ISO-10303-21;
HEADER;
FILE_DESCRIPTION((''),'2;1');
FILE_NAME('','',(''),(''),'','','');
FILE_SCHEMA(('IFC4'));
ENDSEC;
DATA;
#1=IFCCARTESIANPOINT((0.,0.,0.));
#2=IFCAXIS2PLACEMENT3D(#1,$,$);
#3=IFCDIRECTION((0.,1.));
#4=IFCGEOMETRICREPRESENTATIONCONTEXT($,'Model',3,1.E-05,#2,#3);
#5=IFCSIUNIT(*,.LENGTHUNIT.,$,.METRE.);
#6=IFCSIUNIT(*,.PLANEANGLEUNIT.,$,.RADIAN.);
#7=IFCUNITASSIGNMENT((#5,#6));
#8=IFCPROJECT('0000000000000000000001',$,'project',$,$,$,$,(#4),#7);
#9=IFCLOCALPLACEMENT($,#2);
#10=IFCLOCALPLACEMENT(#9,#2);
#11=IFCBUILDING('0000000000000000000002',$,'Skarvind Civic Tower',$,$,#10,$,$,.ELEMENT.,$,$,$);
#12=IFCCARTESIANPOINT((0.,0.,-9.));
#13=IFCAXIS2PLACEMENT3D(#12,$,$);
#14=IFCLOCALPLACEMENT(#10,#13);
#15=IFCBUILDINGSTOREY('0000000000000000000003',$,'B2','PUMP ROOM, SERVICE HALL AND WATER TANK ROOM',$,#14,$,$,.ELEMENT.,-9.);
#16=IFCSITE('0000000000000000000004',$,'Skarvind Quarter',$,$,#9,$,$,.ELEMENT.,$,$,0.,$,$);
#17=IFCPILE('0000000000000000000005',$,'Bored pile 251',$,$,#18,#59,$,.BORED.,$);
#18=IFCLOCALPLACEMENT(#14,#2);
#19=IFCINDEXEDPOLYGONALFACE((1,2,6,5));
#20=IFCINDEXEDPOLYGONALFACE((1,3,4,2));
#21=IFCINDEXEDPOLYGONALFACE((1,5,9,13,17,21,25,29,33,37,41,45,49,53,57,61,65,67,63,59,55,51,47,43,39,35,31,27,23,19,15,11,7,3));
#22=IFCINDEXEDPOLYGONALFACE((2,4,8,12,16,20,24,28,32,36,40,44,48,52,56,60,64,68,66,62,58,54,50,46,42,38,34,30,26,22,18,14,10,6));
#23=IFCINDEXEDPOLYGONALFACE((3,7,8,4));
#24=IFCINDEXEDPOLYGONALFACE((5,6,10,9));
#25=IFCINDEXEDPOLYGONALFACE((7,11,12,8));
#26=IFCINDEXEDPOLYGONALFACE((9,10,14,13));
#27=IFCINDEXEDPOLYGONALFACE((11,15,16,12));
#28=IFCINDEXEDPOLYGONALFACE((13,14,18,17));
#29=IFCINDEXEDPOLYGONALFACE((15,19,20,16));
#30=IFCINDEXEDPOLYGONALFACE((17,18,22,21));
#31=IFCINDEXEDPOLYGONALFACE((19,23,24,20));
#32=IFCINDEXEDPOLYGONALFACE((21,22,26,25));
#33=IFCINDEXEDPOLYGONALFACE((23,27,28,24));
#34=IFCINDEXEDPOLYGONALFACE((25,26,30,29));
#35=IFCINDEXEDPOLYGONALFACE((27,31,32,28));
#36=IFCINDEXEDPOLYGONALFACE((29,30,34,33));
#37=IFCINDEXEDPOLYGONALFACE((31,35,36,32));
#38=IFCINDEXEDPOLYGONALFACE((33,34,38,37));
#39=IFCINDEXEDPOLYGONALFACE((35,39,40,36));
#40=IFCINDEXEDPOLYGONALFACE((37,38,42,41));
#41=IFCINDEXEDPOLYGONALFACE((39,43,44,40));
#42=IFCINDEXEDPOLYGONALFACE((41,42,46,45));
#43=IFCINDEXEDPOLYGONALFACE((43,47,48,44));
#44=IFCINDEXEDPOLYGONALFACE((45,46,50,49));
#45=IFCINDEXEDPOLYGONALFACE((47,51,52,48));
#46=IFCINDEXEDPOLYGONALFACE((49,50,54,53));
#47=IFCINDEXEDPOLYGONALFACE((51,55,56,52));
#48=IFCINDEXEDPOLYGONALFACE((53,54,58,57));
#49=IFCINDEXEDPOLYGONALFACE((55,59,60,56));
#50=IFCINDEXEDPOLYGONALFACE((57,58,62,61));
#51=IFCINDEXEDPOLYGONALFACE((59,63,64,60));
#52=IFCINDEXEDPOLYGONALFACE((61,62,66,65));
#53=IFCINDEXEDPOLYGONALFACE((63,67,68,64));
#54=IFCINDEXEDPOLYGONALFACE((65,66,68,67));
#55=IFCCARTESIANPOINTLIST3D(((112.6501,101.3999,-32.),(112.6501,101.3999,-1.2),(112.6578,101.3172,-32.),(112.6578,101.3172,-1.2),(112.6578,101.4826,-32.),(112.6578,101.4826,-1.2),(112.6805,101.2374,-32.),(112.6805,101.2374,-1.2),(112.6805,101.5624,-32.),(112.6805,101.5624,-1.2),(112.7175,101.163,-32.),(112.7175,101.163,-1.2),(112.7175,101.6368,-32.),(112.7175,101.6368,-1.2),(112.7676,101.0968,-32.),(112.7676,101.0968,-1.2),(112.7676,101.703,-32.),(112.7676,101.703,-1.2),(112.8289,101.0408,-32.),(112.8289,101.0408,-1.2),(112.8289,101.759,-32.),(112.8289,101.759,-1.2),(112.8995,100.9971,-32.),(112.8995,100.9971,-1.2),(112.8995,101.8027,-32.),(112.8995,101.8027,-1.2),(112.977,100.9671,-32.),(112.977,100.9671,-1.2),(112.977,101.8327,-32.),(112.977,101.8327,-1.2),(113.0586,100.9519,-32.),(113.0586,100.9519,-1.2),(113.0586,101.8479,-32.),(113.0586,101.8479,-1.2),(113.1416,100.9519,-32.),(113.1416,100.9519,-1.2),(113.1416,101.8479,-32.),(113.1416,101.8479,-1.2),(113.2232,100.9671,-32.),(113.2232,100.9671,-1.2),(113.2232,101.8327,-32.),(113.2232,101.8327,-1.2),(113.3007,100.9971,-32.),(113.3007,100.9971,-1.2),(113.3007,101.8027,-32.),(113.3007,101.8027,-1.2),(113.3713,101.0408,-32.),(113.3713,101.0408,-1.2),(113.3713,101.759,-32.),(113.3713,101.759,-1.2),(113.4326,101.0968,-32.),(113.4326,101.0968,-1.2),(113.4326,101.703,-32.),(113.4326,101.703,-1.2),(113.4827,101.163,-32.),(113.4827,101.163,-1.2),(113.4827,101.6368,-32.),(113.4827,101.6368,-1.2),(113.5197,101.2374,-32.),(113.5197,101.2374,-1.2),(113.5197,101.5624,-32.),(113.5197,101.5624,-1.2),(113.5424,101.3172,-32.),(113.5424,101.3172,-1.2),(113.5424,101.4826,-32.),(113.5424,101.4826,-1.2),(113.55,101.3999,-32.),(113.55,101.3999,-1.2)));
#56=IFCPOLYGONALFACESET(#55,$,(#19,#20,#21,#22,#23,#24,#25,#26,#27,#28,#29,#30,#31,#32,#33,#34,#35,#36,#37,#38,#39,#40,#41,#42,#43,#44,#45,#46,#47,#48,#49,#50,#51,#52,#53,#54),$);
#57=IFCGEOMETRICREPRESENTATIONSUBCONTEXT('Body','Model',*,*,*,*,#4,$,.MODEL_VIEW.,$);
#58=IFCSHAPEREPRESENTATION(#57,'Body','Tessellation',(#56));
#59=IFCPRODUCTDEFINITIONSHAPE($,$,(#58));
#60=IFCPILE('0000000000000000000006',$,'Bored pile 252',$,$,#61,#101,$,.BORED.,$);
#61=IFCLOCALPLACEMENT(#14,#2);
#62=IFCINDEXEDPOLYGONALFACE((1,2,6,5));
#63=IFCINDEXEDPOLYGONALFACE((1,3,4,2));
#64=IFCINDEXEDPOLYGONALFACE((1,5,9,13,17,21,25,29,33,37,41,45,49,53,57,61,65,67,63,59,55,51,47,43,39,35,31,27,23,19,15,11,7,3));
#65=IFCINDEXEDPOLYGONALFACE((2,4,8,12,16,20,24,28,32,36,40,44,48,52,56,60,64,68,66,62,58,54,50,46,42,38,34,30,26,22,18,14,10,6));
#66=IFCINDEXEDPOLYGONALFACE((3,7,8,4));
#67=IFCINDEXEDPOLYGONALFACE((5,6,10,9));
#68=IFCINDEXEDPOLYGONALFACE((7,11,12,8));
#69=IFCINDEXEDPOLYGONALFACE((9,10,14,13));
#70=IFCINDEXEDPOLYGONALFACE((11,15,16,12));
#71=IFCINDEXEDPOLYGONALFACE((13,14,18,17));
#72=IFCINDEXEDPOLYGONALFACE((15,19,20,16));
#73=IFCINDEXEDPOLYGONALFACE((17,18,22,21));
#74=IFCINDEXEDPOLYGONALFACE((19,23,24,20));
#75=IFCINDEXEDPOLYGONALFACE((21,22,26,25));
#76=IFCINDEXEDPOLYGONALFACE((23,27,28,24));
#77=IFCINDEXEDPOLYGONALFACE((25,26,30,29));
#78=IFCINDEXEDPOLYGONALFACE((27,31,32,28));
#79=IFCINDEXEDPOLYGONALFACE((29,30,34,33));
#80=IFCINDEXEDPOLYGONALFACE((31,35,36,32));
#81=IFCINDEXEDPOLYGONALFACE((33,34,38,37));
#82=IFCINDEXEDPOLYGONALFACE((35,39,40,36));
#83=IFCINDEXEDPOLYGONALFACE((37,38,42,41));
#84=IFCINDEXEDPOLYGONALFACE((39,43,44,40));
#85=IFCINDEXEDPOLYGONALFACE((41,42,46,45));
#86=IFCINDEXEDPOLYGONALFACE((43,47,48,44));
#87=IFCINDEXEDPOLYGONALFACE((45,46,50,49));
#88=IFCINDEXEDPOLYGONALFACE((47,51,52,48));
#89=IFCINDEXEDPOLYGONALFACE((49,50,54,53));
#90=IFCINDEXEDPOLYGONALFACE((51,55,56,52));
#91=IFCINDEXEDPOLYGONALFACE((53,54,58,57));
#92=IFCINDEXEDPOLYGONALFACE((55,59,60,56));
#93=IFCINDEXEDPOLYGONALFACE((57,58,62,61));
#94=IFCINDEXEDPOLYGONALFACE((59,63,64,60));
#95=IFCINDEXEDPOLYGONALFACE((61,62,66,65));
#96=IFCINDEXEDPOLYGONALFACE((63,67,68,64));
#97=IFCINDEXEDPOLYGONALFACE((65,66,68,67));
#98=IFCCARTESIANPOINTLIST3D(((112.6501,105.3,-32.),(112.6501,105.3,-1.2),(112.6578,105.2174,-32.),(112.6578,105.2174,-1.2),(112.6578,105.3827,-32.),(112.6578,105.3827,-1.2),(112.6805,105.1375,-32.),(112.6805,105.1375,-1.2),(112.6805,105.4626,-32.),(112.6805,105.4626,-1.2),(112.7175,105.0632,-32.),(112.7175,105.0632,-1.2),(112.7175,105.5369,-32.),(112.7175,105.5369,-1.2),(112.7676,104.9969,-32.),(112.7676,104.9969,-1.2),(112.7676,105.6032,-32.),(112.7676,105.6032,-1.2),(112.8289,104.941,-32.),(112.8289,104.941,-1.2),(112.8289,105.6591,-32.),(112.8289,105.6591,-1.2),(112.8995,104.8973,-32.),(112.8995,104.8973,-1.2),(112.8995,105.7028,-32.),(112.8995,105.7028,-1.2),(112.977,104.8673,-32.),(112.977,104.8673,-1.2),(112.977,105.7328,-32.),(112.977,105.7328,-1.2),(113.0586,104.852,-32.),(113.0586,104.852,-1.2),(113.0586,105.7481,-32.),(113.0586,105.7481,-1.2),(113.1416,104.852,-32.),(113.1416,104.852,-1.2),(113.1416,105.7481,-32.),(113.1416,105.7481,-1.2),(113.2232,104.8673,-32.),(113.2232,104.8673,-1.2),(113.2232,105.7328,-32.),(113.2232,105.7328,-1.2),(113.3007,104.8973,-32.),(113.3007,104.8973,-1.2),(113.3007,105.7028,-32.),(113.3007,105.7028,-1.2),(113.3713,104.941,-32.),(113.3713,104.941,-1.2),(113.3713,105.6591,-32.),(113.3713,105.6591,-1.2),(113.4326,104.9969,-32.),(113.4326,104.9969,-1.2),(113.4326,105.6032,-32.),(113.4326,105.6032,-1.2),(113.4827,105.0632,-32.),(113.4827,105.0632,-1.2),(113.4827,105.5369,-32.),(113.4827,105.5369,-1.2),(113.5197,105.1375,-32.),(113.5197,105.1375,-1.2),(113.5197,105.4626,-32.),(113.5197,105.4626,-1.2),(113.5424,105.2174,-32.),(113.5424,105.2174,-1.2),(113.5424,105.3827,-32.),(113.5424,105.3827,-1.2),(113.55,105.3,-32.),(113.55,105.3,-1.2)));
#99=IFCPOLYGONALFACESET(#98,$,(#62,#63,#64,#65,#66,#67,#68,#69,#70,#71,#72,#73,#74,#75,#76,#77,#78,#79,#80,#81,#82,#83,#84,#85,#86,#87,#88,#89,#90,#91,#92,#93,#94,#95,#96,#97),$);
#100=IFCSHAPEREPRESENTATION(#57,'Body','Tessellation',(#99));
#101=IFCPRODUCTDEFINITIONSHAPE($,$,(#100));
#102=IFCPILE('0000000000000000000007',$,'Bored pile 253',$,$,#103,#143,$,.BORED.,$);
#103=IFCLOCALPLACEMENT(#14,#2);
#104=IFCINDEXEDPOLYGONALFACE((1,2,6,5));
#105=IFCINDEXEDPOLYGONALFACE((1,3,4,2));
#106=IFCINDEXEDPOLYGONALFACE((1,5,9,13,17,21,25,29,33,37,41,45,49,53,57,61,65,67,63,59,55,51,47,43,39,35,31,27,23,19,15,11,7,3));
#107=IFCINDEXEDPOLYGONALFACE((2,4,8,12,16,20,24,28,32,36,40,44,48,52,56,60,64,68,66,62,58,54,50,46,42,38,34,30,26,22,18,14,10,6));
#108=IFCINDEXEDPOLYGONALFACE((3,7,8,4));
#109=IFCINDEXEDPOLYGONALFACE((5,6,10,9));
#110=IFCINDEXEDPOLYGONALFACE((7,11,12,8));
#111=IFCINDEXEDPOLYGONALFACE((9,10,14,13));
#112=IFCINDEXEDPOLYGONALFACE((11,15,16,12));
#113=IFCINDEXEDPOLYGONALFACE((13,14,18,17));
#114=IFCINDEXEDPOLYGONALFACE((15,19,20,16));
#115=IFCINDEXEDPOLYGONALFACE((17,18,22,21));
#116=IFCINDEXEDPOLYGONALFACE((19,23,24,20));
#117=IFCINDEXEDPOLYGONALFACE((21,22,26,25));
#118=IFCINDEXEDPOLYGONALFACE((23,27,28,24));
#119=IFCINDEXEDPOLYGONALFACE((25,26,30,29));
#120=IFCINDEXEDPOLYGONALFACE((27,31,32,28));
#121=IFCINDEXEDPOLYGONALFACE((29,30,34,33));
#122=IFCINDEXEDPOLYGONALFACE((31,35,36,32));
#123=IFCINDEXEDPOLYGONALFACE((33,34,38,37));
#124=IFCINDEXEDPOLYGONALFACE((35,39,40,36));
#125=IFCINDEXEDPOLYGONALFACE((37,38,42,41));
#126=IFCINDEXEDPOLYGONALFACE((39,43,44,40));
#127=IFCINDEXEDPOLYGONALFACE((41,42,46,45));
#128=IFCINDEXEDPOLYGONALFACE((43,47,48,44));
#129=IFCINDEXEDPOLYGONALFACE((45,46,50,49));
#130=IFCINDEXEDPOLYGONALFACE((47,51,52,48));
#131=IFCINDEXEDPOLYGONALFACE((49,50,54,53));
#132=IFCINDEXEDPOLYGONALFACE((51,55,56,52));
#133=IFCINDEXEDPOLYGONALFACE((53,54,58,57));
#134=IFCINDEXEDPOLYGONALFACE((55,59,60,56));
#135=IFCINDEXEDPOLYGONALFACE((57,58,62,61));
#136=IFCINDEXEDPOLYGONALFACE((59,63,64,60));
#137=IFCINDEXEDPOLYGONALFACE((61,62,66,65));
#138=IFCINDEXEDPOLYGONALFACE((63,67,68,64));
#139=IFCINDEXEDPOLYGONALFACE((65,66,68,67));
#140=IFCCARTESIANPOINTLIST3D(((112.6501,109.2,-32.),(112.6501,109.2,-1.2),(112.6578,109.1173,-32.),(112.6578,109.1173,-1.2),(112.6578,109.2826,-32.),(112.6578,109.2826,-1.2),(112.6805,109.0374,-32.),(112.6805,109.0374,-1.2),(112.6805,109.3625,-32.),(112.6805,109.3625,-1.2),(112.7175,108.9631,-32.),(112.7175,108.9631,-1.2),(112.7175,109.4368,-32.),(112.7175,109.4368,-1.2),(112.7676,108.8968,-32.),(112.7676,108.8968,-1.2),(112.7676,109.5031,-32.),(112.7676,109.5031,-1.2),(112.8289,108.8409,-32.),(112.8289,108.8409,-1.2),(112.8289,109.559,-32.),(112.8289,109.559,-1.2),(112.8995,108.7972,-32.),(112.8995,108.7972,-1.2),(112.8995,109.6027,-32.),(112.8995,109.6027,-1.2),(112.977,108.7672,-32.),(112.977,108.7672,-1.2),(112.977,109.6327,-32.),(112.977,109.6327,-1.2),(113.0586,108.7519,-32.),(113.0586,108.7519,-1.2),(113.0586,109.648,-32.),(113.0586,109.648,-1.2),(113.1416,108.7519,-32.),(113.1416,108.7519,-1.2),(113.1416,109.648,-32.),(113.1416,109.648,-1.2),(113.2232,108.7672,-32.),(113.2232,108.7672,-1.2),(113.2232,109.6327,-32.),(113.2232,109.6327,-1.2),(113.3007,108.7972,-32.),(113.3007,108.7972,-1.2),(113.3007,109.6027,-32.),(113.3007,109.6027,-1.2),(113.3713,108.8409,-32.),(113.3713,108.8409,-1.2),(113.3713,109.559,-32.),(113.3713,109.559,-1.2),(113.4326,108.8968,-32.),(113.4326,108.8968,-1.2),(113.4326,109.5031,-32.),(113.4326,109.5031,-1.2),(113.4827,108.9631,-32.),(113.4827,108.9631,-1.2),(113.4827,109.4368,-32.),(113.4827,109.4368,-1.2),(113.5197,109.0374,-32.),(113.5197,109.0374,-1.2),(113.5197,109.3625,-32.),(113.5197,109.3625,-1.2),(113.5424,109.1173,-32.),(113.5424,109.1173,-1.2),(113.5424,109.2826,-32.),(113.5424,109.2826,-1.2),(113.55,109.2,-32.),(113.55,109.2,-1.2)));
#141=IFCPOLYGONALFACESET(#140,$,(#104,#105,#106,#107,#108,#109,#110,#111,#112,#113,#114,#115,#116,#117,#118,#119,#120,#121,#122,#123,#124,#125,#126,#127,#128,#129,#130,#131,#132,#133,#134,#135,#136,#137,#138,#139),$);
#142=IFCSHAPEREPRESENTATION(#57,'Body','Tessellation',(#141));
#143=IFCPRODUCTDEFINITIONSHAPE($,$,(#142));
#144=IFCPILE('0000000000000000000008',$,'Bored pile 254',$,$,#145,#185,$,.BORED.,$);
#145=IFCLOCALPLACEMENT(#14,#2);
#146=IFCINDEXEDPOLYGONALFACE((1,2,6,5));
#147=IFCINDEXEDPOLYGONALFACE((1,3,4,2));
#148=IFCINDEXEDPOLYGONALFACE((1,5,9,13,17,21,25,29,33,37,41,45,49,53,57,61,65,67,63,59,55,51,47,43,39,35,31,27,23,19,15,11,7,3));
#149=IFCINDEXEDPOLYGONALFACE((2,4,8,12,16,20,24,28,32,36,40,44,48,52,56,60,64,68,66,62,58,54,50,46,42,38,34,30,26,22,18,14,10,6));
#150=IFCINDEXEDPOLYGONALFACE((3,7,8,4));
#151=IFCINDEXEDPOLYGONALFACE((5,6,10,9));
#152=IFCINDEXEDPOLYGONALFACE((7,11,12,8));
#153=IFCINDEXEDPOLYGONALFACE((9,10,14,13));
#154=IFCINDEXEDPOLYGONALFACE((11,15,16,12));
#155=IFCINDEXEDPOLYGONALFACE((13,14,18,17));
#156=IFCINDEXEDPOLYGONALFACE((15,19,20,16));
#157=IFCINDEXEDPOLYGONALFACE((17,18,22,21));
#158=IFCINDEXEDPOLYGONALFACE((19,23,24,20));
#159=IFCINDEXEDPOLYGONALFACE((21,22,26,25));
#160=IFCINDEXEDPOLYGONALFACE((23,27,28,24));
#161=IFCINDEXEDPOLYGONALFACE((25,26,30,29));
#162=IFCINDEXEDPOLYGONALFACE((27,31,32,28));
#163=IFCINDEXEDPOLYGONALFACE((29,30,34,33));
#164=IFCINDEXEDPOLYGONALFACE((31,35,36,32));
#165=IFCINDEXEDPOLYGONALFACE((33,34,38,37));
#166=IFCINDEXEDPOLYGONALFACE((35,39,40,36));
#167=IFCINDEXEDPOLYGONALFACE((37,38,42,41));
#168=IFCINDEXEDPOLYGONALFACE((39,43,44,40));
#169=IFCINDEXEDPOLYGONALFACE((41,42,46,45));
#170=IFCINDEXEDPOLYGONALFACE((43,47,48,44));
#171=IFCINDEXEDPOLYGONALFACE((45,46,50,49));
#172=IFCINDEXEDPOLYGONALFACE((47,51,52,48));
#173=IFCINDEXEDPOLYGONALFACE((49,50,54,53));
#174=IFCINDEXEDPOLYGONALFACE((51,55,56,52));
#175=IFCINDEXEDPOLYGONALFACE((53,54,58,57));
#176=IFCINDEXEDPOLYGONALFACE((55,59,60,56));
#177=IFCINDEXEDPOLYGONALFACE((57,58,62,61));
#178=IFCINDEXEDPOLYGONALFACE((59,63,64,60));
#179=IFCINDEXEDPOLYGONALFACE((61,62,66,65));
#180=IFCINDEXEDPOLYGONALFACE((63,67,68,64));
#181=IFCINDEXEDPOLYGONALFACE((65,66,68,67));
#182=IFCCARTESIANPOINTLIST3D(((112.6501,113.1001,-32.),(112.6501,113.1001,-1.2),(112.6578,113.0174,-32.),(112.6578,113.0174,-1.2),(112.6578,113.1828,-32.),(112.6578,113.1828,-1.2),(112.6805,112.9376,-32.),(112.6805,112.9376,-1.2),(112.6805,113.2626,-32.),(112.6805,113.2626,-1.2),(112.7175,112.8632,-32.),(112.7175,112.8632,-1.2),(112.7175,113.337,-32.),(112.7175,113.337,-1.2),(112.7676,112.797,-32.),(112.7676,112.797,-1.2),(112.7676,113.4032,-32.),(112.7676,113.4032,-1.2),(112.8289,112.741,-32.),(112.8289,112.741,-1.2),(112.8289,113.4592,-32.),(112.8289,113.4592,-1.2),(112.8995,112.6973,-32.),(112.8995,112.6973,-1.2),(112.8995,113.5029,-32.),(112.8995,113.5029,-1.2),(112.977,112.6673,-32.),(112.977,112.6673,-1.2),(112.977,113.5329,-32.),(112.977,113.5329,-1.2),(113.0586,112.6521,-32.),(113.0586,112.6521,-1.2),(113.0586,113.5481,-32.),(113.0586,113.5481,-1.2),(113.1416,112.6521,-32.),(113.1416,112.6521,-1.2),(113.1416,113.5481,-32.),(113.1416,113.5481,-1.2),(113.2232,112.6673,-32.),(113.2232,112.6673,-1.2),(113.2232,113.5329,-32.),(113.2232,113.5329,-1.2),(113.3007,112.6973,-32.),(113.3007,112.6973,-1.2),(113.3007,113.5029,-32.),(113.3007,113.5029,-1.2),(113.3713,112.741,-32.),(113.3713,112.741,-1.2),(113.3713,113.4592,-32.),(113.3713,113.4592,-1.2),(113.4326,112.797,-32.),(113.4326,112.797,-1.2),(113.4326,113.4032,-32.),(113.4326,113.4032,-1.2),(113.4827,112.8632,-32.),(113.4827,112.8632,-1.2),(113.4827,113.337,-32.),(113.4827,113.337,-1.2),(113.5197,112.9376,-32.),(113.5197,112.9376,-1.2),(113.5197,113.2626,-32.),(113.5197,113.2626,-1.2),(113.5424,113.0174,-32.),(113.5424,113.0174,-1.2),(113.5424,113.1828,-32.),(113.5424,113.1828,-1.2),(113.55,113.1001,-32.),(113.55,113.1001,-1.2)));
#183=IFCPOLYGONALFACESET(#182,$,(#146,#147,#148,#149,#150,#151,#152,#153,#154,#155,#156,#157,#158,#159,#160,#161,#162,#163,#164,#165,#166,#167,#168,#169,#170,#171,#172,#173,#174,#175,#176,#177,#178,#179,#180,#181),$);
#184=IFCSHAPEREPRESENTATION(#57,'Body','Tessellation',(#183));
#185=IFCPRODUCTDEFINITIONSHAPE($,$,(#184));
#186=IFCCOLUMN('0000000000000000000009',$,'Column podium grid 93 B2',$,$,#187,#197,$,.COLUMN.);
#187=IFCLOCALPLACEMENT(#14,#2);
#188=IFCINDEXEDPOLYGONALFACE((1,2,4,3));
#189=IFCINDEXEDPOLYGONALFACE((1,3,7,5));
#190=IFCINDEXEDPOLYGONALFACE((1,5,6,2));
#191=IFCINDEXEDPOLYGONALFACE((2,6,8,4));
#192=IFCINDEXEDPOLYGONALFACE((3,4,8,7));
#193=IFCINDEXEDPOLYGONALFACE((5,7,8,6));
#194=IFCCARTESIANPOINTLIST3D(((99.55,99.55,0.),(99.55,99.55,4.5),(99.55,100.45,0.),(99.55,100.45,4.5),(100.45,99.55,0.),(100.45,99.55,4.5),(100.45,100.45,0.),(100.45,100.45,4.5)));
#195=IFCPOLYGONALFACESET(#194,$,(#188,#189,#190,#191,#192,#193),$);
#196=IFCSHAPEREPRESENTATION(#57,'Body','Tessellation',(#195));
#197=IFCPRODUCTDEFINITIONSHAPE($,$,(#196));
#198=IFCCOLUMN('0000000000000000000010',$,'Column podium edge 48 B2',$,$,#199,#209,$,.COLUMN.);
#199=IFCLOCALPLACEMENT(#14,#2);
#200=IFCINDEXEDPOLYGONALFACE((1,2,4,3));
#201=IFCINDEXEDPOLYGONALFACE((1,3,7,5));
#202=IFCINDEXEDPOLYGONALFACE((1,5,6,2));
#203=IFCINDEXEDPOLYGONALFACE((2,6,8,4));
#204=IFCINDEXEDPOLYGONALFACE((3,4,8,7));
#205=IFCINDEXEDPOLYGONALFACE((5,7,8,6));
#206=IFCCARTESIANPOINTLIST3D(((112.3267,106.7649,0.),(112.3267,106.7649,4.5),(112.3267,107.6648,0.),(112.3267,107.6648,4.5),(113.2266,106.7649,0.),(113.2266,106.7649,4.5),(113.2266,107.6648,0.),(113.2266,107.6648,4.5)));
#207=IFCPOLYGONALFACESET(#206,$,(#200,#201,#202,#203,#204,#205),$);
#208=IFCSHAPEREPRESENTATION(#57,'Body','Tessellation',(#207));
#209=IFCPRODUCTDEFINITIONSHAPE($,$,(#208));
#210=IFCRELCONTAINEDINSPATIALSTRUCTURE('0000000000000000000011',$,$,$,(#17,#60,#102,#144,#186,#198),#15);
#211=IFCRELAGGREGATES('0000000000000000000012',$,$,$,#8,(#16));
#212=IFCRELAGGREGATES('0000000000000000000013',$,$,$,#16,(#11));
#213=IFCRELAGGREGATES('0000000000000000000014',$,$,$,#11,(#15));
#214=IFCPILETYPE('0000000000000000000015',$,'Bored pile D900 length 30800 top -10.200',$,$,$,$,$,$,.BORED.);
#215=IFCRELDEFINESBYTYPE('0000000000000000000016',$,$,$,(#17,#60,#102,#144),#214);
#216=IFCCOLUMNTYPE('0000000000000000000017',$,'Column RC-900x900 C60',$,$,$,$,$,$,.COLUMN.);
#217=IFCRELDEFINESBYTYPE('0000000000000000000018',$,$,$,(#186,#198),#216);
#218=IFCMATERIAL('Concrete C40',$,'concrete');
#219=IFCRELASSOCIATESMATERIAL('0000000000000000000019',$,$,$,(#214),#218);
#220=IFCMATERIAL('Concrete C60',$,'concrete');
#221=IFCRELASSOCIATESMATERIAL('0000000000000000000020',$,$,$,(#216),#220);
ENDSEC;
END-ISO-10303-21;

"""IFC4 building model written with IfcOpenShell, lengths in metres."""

from ifc_helpers import new_model, si_unit, direction, frame, origin, origin_2d, place, context, subcontext, project, spatial, rectangle, circle, extrude, material, material_profile, profile_set, type_object, element, save


model = new_model("IFC4")

# Units and contexts
model_context = context("Model", 3, precision=1e-05, world=origin(), true_north=direction((0.0, 1.0)))
body_context = subcontext(model_context, "Body", "Model", "MODEL_VIEW")
ifc_project = project(units=[si_unit("LENGTHUNIT", "METRE"), si_unit("PLANEANGLEUNIT", "RADIAN")], contexts=[model_context])

# Site, building, storey
site_placement = place(None, origin())
site = spatial("IfcSite", under=ifc_project, at=site_placement, Name="Skarvind Quarter", CompositionType="ELEMENT", RefElevation=0.0)
building_placement = place(site_placement, origin())
building = spatial("IfcBuilding", under=site, at=building_placement, Name="Skarvind Civic Tower", CompositionType="ELEMENT")
storey_placement = place(building_placement, frame((0.0, 0.0, -9.0)))
storey = spatial("IfcBuildingStorey", under=building, at=storey_placement, Name="B2", Description="PUMP ROOM, SERVICE HALL AND WATER TANK ROOM", CompositionType="ELEMENT", Elevation=-9.0)

# Piles
ifc_material_1 = material(Name="Concrete C40", Category="concrete")
pile_type = type_object("IfcPileType", Name="Bored pile D900 length 30800 top -10.200", PredefinedType="BORED", material=ifc_material_1)
for number, where, z_axis, x_axis, name in (
    (1, (113.1001, 101.3999, -1.2), (0.0, 0.0, -1.0), (1.0, 0.0, 0.0), "Bored pile 251"),
    (2, (113.1001, 105.3, -1.2), (0.0, 0.0, -1.0), (1.0, 0.0, 0.0), "Bored pile 252"),
    (3, (113.1001, 109.2, -1.2), (0.0, 0.0, -1.0), (1.0, 0.0, 0.0), "Bored pile 253"),
    (4, (113.1001, 113.1001, -1.2), (0.0, 0.0, -1.0), (1.0, 0.0, 0.0), "Bored pile 254"),
):
    element("IfcPile", number, at=place(storey_placement, frame(where, z_axis=z_axis, x_axis=x_axis)), inside=storey, type_object=pile_type, Name=name, PredefinedType="BORED", context=body_context, shape_type="SweptSolid", body=[
        extrude(circle(Radius=0.45, at=origin_2d()), origin(), (0.0, 0.0, 1.0), 30.8),
    ])

# Columns
ifc_material_2 = material(Name="Concrete C60", Category="concrete")
ifc_material_profile = material_profile(ifc_material_2, rectangle(XDim=0.8999, YDim=0.8999, at=origin_2d()), Name="RC-900x900")
ifc_profile_set = profile_set([ifc_material_profile], Name="Concrete C60")
column_type = type_object("IfcColumnType", Name="Column RC-900x900 C60", PredefinedType="COLUMN", material=ifc_profile_set)
for number, where, z_axis, x_axis, name in (
    (5, (100.0, 100.0, 0.0), (0.0, 0.0, 1.0), (1.0, 0.0, 0.0), "Column podium grid 93 B2"),
    (6, (112.7766, 107.2148, 0.0), (0.0, 0.0, 1.0), (1.0, 0.0, 0.0), "Column podium edge 48 B2"),
):
    element("IfcColumn", number, at=place(storey_placement, frame(where, z_axis=z_axis, x_axis=x_axis)), inside=storey, type_object=column_type, Name=name, PredefinedType="COLUMN", context=body_context, shape_type="SweptSolid", body=[
        extrude(rectangle(XDim=0.8999, YDim=0.8999, at=origin_2d()), origin(), (0.0, 0.0, 1.0), 4.5),
    ])

save(model, "model.ifc")
